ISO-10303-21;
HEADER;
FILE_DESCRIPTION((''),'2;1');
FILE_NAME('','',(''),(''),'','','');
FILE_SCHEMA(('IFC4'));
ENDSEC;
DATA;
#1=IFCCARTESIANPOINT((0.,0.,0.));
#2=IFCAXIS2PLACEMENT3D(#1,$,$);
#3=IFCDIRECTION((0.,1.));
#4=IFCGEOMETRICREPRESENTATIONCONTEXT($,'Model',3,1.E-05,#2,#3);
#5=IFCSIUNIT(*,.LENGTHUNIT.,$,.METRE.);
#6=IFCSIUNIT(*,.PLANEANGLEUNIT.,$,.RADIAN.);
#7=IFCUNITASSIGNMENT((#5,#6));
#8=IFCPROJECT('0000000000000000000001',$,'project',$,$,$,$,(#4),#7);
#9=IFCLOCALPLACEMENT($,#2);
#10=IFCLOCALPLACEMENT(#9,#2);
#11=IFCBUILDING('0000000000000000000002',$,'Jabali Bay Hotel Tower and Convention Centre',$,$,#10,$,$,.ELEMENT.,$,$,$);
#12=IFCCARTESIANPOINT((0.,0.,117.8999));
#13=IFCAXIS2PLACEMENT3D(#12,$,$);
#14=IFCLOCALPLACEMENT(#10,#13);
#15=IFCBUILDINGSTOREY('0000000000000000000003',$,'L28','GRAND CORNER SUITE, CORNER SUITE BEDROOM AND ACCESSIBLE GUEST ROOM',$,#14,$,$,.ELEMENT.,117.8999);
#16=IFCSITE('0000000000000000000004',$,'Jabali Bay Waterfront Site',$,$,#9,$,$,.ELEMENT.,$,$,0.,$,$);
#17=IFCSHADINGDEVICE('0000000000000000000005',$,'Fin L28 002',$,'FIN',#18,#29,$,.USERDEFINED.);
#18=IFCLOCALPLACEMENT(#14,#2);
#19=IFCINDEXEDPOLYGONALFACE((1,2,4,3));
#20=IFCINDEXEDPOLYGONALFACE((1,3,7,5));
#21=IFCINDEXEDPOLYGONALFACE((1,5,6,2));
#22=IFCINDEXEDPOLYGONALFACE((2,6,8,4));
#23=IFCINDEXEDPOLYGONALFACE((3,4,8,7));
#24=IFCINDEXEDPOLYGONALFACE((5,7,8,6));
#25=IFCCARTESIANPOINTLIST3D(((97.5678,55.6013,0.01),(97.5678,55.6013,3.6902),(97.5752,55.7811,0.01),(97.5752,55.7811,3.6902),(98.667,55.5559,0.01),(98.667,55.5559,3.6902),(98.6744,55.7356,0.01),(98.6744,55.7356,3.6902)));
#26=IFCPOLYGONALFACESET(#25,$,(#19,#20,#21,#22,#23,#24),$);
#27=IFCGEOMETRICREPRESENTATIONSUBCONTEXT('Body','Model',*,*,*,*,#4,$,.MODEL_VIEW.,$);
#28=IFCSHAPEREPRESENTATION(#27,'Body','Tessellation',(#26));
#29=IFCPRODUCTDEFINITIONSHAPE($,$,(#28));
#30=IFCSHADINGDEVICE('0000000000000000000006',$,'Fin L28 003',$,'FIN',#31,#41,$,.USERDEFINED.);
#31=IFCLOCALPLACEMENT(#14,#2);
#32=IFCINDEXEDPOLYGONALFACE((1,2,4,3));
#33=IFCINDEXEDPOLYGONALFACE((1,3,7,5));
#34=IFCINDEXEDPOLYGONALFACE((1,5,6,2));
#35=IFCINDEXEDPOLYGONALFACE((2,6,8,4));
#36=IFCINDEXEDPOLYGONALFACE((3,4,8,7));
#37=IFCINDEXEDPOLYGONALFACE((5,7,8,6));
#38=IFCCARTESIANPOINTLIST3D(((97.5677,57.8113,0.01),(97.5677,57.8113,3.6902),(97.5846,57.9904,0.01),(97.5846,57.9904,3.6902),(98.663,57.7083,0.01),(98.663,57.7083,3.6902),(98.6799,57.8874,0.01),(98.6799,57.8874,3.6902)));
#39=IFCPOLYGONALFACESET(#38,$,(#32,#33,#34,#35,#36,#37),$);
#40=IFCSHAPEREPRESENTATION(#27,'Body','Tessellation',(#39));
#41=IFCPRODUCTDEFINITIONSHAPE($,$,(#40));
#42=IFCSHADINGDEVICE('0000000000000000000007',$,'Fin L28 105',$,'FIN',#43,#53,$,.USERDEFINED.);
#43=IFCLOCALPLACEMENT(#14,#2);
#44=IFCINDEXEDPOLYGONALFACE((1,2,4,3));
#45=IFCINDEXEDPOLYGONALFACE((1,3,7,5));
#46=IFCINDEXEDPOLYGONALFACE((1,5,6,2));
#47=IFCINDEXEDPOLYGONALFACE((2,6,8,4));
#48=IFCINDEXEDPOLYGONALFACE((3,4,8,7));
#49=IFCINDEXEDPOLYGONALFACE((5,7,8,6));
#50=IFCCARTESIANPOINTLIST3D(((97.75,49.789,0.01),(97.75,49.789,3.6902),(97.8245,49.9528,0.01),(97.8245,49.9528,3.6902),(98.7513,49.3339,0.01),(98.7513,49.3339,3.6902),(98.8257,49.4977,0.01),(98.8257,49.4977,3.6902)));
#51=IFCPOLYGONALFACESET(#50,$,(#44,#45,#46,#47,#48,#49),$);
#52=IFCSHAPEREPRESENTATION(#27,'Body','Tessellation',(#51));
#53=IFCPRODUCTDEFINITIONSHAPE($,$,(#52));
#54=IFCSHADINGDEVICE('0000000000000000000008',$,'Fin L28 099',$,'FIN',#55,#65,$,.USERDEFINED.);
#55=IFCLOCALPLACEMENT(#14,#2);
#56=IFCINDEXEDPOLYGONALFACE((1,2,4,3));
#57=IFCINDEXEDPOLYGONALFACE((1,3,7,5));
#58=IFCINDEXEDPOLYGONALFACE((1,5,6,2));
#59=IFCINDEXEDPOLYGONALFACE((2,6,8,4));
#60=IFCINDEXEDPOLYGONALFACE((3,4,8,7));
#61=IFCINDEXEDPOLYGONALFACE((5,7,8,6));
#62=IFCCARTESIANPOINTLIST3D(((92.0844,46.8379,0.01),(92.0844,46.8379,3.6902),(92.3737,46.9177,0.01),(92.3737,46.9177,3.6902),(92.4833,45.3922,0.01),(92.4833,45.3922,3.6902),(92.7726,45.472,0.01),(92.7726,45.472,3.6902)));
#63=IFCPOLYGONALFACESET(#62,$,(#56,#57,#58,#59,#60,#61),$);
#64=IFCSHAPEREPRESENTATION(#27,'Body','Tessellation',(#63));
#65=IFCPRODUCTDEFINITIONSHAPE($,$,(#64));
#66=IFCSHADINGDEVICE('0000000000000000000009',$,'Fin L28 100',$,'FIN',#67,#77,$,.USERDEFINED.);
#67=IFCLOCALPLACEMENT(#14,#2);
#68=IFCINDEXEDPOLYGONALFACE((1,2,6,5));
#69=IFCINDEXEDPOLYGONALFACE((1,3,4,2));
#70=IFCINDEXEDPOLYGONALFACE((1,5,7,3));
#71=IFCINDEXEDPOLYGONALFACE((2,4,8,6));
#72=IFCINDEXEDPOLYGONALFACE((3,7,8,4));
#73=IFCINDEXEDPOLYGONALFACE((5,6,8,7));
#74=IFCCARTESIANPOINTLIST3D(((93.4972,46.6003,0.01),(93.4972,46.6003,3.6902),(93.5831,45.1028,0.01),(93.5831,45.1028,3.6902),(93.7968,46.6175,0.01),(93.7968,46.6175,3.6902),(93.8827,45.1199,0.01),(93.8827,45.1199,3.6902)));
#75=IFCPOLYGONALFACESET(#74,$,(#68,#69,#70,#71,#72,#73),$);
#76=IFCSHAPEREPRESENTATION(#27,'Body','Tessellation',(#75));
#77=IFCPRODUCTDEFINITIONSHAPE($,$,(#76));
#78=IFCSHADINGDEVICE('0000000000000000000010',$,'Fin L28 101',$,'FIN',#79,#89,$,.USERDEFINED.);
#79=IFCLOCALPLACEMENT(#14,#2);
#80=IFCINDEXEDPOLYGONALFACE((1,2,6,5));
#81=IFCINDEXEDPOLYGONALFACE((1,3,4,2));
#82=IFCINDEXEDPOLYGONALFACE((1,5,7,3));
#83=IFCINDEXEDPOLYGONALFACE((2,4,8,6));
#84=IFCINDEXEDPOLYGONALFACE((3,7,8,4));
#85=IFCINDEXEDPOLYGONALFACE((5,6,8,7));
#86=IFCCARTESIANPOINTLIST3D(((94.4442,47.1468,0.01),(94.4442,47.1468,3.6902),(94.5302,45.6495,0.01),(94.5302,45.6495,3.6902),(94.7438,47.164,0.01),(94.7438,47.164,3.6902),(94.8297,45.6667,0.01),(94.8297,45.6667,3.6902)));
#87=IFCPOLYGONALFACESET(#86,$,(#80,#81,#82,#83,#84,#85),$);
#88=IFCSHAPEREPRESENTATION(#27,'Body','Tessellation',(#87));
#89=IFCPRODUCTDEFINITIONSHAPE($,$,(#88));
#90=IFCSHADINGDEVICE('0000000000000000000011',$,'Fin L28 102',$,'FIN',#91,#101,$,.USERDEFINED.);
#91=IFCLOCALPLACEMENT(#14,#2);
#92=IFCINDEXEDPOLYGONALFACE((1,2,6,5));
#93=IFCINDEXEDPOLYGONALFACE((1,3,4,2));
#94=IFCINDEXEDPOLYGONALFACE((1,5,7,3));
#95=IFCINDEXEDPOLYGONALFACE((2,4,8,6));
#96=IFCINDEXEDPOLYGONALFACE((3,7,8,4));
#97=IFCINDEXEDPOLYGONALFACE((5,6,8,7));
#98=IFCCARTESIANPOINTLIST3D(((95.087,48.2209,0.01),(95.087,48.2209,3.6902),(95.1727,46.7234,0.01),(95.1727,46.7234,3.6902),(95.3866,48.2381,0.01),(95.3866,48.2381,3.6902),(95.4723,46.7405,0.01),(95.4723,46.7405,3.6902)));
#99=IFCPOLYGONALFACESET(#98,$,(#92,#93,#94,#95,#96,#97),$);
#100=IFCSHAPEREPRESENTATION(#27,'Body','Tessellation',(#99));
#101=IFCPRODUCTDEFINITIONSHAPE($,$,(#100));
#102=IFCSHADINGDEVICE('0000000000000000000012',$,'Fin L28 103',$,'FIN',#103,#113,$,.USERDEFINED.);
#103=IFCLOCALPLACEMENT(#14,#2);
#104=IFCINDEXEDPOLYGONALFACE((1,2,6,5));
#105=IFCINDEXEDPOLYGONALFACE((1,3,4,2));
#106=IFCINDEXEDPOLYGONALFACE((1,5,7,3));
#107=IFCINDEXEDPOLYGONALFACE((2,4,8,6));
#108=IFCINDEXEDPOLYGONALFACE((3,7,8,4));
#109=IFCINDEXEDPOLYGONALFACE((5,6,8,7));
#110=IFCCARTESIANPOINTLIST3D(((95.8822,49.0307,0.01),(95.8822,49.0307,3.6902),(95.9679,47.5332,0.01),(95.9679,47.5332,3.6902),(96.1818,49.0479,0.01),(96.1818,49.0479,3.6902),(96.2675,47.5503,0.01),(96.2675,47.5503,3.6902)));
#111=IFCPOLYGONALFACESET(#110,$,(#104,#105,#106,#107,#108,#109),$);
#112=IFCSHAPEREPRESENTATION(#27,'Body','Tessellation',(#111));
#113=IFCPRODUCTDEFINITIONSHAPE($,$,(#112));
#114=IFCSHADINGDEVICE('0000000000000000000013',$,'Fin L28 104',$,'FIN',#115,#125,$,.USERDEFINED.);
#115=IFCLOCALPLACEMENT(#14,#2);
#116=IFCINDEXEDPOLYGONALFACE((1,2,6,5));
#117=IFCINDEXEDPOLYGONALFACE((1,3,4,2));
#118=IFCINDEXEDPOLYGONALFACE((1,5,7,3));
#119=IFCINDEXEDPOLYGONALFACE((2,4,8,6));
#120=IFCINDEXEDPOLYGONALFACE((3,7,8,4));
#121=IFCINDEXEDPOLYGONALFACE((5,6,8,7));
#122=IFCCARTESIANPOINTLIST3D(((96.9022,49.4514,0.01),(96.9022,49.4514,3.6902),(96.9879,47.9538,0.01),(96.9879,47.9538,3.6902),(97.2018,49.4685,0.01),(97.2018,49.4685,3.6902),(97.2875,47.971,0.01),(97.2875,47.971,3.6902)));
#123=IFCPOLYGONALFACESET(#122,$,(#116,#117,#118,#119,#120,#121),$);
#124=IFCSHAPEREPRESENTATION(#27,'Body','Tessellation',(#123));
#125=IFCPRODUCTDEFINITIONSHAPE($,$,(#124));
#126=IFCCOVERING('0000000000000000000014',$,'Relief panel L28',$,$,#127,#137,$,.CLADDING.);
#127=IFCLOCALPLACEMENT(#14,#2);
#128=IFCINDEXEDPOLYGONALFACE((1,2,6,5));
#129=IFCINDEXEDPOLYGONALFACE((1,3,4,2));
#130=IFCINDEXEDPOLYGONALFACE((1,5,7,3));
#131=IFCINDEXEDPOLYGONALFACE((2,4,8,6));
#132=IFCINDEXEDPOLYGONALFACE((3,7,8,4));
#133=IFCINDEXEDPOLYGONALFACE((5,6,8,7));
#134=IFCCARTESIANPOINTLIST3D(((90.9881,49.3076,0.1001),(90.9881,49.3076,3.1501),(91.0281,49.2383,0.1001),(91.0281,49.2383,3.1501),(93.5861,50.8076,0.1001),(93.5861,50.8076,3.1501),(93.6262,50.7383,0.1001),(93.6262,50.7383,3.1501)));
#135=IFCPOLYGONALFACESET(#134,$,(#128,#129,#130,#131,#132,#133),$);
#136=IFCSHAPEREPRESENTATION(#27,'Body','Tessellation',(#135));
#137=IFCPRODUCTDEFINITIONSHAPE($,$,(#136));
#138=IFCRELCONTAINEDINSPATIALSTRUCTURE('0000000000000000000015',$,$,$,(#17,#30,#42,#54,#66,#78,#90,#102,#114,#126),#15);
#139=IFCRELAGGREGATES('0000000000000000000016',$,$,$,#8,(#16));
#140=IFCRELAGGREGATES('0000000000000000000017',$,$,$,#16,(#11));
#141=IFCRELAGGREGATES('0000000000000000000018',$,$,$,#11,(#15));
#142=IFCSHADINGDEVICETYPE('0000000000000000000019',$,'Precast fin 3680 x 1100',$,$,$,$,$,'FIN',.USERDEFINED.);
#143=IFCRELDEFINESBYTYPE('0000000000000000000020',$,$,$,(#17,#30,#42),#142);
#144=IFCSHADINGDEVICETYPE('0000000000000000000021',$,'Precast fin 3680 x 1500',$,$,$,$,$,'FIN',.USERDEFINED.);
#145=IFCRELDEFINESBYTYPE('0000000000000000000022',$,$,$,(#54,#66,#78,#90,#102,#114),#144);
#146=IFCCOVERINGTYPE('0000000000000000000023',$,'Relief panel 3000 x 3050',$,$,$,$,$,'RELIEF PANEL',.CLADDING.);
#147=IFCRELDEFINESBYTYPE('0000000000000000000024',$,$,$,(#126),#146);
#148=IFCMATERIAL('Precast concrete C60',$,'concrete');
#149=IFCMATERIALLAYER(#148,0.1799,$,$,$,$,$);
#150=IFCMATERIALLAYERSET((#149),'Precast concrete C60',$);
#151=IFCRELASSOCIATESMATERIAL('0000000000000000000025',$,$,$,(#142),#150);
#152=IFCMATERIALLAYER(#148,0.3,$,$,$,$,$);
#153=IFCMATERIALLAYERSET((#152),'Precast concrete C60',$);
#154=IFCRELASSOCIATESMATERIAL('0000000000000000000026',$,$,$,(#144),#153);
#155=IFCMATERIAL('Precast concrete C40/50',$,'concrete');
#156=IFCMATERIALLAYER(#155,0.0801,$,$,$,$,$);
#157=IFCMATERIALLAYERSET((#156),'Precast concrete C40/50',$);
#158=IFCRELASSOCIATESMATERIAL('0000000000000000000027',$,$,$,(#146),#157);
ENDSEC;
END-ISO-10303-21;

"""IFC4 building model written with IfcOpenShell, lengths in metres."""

from ifc_helpers import new_model, si_unit, direction, frame, frame_2d, origin, origin_2d, place, context, subcontext, project, spatial, rectangle, extrude, material, layer, layer_set, type_object, element, save


model = new_model("IFC4")

# Units and contexts
model_context = context("Model", 3, precision=1e-05, world=origin(), true_north=direction((0.0, 1.0)))
body_context = subcontext(model_context, "Body", "Model", "MODEL_VIEW")
ifc_project = project(units=[si_unit("LENGTHUNIT", "METRE"), si_unit("PLANEANGLEUNIT", "RADIAN")], contexts=[model_context])

# Site, building, storey
site_placement = place(None, origin())
site = spatial("IfcSite", under=ifc_project, at=site_placement, Name="Jabali Bay Waterfront Site", CompositionType="ELEMENT", RefElevation=0.0)
building_placement = place(site_placement, origin())
building = spatial("IfcBuilding", under=site, at=building_placement, Name="Jabali Bay Hotel Tower and Convention Centre", CompositionType="ELEMENT")
storey_placement = place(building_placement, frame((0.0, 0.0, 117.8999)))
storey = spatial("IfcBuildingStorey", under=building, at=storey_placement, Name="L28", Description="GRAND CORNER SUITE, CORNER SUITE BEDROOM AND ACCESSIBLE GUEST ROOM", CompositionType="ELEMENT", Elevation=117.8999)

# Shading devices
ifc_material_1 = material(Name="Precast concrete C60", Category="concrete")
ifc_layer_1 = layer(ifc_material_1, 0.1799)
ifc_layer_set_1 = layer_set([ifc_layer_1], Name="Precast concrete C60")
shading_device_type_1 = type_object("IfcShadingDeviceType", Name="Precast fin 3680 x 1100", ElementType="FIN", PredefinedType="USERDEFINED", material=ifc_layer_set_1)
for number, where, z_axis, x_axis, name in (
    (1, (97.5715, 55.6912, 0.01), (0.0, 0.0, 1.0), (0.999148, -0.04128, 0.0), "Fin L28 002"),
    (2, (97.5762, 57.9009, 0.01), (0.0, 0.0, 1.0), (0.995605, -0.093657, 0.0), "Fin L28 003"),
):
    element("IfcShadingDevice", number, at=place(storey_placement, frame(where, z_axis=z_axis, x_axis=x_axis)), inside=storey, type_object=shading_device_type_1, Name=name, ObjectType="FIN", PredefinedType="USERDEFINED", context=body_context, shape_type="SweptSolid", body=[
        extrude(rectangle(XDim=1.1001, YDim=0.1799, at=frame_2d((0.55, 0.0))), origin(), (0.0, 0.0, 1.0), 3.6802),
    ])
shading_device_1_placement = place(storey_placement, frame((97.7874, 49.8708, 0.01), z_axis=(0.0, 0.0, 1.0), x_axis=(0.910374, -0.413786, 0.0)))
element("IfcShadingDevice", 3, at=shading_device_1_placement, inside=storey, type_object=shading_device_type_1, Name="Fin L28 105", ObjectType="FIN", PredefinedType="USERDEFINED", context=body_context, shape_type="SweptSolid", body=[
    extrude(rectangle(XDim=1.0999, YDim=0.1799, at=frame_2d((0.5498, 0.0))), origin(), (0.0, 0.0, 1.0), 3.6802),
])
ifc_layer_2 = layer(ifc_material_1, 0.3)
ifc_layer_set_2 = layer_set([ifc_layer_2], Name="Precast concrete C60")
shading_device_type_2 = type_object("IfcShadingDeviceType", Name="Precast fin 3680 x 1500", ElementType="FIN", PredefinedType="USERDEFINED", material=ifc_layer_set_2)
shading_device_2_placement = place(storey_placement, frame((92.229, 46.8779, 0.01), z_axis=(0.0, 0.0, 1.0), x_axis=(0.265981, -0.963978, 0.0)))
element("IfcShadingDevice", 4, at=shading_device_2_placement, inside=storey, type_object=shading_device_type_2, Name="Fin L28 099", ObjectType="FIN", PredefinedType="USERDEFINED", context=body_context, shape_type="SweptSolid", body=[
    extrude(rectangle(XDim=1.4998, YDim=0.3, at=frame_2d((0.75, 0.0))), origin(), (0.0, 0.0, 1.0), 3.6802),
])
shading_device_3_placement = place(storey_placement, frame((93.647, 46.6089, 0.01), z_axis=(0.0, 0.0, 1.0), x_axis=(0.057291, -0.998358, 0.0)))
element("IfcShadingDevice", 5, at=shading_device_3_placement, inside=storey, type_object=shading_device_type_2, Name="Fin L28 100", ObjectType="FIN", PredefinedType="USERDEFINED", context=body_context, shape_type="SweptSolid", body=[
    extrude(rectangle(XDim=1.5, YDim=0.3, at=frame_2d((0.75, 0.0))), origin(), (0.0, 0.0, 1.0), 3.6802),
])
shading_device_4_placement = place(storey_placement, frame((94.594, 47.1555, 0.01), z_axis=(0.0, 0.0, 1.0), x_axis=(0.0573, -0.998357, 0.0)))
element("IfcShadingDevice", 6, at=shading_device_4_placement, inside=storey, type_object=shading_device_type_2, Name="Fin L28 101", ObjectType="FIN", PredefinedType="USERDEFINED", context=body_context, shape_type="SweptSolid", body=[
    extrude(rectangle(XDim=1.4998, YDim=0.3, at=frame_2d((0.75, 0.0))), origin(), (0.0, 0.0, 1.0), 3.6802),
])
for number, where, z_axis, x_axis, name in (
    (7, (95.2368, 48.2295, 0.01), (0.0, 0.0, 1.0), (0.057129, -0.998367, 0.0), "Fin L28 102"),
    (8, (96.032, 49.0393, 0.01), (0.0, 0.0, 1.0), (0.057129, -0.998367, 0.0), "Fin L28 103"),
    (9, (97.052, 49.46, 0.01), (0.0, 0.0, 1.0), (0.057129, -0.998367, 0.0), "Fin L28 104"),
):
    element("IfcShadingDevice", number, at=place(storey_placement, frame(where, z_axis=z_axis, x_axis=x_axis)), inside=storey, type_object=shading_device_type_2, Name=name, ObjectType="FIN", PredefinedType="USERDEFINED", context=body_context, shape_type="SweptSolid", body=[
        extrude(rectangle(XDim=1.5, YDim=0.3, at=frame_2d((0.75, 0.0))), origin(), (0.0, 0.0, 1.0), 3.6802),
    ])

# Covering
ifc_material_2 = material(Name="Precast concrete C40/50", Category="concrete")
ifc_layer_3 = layer(ifc_material_2, 0.0801)
ifc_layer_set_3 = layer_set([ifc_layer_3], Name="Precast concrete C40/50")
covering_type = type_object("IfcCoveringType", Name="Relief panel 3000 x 3050", ElementType="RELIEF PANEL", PredefinedType="CLADDING", material=ifc_layer_set_3)
covering_placement = place(storey_placement, frame((92.3071, 50.0229, 0.1001), z_axis=(0.0, 0.0, 1.0), x_axis=(-0.866025, -0.5, 0.0)))
element("IfcCovering", 10, at=covering_placement, inside=storey, type_object=covering_type, Name="Relief panel L28", PredefinedType="CLADDING", context=body_context, shape_type="SweptSolid", body=[
    extrude(rectangle(XDim=3.0, YDim=0.0801, at=origin_2d()), origin(), (0.0, 0.0, 1.0), 3.05),
])

save(model, "model.ifc")
